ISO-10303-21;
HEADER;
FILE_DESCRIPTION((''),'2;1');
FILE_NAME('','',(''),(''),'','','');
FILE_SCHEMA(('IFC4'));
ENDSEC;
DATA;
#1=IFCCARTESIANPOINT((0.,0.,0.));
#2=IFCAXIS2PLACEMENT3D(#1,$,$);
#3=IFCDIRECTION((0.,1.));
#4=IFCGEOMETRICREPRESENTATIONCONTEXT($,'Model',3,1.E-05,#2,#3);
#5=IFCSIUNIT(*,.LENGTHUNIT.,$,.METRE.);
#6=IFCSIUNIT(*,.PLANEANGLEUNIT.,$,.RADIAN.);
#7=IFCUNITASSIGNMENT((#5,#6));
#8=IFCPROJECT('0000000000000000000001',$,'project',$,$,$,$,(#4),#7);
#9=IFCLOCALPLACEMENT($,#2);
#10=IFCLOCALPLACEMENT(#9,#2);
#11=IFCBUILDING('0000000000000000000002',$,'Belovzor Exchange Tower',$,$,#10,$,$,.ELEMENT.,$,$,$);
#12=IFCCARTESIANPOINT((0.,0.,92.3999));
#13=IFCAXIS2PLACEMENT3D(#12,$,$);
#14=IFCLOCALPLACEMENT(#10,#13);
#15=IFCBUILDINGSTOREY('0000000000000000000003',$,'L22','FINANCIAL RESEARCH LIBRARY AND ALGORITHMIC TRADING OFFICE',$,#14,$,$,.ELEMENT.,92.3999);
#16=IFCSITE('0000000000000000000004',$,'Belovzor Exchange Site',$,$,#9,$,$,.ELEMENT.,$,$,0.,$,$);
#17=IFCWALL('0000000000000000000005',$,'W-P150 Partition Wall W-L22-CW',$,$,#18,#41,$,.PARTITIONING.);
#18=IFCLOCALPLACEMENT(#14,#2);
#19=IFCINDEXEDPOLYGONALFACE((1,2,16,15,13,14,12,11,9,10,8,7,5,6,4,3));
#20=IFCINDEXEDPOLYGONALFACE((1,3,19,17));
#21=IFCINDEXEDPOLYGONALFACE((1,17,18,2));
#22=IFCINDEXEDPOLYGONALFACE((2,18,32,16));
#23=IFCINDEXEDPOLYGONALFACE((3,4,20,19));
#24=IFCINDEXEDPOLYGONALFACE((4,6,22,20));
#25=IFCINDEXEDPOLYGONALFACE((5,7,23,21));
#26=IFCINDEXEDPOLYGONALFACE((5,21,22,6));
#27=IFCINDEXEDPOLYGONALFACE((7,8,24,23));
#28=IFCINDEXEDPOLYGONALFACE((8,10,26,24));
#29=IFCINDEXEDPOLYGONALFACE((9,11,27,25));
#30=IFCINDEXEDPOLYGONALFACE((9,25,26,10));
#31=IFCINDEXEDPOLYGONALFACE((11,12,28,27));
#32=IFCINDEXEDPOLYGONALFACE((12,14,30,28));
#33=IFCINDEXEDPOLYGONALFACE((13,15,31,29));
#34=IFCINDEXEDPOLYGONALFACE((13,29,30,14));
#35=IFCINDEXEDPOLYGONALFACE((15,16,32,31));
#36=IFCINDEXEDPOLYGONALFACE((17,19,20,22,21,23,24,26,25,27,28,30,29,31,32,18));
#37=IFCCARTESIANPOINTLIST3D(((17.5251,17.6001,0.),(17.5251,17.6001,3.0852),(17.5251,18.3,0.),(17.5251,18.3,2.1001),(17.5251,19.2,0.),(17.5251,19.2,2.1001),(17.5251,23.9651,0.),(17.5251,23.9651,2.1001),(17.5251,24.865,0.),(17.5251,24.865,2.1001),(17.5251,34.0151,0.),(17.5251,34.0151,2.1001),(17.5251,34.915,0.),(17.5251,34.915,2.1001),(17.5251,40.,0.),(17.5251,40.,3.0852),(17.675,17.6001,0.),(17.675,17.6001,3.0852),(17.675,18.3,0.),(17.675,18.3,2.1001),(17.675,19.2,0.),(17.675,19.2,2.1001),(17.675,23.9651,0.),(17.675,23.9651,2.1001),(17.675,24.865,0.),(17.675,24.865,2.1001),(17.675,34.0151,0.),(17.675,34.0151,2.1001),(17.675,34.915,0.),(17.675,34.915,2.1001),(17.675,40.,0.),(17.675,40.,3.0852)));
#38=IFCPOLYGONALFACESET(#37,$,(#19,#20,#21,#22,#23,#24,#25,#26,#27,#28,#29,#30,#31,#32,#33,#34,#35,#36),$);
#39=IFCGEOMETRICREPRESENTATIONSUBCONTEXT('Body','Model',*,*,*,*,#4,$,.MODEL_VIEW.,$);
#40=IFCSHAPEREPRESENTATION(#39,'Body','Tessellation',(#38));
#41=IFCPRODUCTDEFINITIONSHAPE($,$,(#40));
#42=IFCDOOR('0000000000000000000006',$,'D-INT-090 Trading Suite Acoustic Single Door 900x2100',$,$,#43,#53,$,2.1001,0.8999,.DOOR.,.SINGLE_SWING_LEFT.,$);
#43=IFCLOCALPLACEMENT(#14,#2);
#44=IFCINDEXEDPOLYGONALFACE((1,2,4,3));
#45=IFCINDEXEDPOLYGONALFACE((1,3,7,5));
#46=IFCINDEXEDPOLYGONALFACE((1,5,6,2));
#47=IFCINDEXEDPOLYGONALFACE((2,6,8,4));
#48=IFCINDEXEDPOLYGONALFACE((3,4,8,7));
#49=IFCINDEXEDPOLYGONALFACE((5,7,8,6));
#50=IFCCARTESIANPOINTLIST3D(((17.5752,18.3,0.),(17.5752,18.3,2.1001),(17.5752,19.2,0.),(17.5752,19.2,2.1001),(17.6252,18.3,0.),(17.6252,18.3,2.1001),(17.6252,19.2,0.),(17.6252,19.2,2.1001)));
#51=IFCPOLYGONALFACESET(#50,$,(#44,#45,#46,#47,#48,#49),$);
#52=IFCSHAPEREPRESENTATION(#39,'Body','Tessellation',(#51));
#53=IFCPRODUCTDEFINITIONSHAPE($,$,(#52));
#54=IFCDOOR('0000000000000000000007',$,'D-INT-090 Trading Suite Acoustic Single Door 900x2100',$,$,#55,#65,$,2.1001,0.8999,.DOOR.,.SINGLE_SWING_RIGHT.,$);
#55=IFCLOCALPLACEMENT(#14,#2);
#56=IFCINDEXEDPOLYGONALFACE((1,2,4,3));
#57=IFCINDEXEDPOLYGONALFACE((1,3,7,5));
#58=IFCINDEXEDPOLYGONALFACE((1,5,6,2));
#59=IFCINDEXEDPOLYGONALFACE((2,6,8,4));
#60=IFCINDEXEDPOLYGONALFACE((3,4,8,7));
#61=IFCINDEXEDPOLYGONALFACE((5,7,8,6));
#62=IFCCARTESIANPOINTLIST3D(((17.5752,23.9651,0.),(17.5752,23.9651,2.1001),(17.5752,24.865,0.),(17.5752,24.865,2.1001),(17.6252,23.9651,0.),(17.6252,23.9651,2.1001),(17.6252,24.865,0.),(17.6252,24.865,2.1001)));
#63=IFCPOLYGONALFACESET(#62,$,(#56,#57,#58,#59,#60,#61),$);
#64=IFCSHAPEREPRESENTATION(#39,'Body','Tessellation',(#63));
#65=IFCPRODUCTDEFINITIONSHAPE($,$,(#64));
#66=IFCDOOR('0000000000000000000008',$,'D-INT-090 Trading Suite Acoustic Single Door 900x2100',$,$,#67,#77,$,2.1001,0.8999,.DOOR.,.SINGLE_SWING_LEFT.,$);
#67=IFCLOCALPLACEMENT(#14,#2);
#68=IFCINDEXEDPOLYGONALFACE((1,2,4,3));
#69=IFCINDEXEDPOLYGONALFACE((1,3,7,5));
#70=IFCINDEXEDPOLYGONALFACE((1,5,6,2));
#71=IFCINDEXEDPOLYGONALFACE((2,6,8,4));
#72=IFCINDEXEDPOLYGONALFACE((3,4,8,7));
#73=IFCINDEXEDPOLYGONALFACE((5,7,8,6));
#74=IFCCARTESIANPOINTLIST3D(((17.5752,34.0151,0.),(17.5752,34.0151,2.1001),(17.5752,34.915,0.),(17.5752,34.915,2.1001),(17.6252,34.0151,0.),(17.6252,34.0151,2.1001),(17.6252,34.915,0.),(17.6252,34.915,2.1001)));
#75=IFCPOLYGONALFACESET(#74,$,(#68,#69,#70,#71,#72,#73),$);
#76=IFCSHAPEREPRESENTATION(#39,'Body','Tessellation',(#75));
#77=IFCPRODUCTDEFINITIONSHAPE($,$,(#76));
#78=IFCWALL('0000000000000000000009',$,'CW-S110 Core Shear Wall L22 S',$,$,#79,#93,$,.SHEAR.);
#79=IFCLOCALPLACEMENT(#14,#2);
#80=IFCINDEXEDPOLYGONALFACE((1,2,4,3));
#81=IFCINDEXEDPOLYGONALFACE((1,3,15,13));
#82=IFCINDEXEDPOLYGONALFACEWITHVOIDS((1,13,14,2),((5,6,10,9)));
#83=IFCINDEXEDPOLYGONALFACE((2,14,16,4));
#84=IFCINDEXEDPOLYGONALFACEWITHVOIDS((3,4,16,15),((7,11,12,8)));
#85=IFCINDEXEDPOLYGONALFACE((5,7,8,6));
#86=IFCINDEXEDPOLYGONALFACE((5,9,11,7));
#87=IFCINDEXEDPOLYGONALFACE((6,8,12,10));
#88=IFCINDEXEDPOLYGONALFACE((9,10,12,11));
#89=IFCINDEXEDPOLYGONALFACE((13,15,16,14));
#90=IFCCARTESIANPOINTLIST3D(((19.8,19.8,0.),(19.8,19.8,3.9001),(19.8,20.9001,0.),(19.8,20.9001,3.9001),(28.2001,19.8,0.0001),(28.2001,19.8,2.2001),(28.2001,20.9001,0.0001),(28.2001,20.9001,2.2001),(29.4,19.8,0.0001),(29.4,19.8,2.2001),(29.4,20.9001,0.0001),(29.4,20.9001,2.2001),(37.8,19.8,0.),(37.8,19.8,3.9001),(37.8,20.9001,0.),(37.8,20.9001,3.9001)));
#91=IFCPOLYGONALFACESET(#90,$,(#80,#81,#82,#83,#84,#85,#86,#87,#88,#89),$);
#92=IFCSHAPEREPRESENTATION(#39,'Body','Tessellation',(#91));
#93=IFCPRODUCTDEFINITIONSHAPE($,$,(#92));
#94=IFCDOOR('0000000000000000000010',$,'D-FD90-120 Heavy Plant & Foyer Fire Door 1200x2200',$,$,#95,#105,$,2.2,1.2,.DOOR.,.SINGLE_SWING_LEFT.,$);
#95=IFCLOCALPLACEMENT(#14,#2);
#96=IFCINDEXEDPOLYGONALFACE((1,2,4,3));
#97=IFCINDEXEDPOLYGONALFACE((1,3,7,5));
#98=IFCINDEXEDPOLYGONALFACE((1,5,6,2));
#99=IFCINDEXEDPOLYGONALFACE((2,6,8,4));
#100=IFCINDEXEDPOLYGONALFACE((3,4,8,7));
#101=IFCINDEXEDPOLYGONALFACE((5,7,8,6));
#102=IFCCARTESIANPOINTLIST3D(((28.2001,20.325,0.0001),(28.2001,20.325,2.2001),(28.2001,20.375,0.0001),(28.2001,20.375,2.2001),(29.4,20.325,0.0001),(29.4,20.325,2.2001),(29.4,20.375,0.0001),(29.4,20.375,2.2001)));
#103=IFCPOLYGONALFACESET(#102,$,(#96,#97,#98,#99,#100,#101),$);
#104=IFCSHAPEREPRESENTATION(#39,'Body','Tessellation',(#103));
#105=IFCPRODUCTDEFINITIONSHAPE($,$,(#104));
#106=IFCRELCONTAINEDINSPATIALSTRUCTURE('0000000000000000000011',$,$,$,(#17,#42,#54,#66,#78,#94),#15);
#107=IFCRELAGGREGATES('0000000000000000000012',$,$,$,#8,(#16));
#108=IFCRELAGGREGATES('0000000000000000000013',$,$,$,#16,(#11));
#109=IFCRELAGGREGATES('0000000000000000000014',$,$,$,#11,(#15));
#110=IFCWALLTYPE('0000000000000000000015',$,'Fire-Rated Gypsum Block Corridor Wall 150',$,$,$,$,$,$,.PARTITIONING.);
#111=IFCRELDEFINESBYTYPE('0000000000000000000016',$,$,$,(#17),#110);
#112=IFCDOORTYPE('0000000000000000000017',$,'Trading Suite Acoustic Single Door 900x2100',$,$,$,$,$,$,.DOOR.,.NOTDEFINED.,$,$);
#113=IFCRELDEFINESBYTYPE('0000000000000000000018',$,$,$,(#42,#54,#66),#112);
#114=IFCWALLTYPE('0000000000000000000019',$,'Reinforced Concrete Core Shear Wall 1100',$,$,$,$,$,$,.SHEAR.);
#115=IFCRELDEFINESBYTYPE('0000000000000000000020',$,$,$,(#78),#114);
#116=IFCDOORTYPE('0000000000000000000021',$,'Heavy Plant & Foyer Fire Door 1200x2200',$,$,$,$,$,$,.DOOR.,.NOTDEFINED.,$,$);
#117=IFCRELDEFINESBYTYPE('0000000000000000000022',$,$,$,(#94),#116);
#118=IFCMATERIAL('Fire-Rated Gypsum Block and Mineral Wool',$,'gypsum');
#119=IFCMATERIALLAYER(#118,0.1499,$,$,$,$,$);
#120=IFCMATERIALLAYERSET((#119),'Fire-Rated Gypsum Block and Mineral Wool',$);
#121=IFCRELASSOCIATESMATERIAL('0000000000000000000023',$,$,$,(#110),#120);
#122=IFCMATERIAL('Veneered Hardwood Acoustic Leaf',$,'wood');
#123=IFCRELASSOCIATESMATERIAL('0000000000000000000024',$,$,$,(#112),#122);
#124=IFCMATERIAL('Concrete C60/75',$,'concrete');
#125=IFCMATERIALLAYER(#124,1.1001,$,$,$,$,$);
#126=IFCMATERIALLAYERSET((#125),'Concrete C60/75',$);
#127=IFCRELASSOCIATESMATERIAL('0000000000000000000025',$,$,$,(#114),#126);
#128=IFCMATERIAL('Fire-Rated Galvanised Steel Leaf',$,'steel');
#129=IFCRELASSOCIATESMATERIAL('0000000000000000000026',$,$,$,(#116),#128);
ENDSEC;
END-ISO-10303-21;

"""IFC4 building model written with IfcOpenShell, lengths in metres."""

from ifc_helpers import new_model, si_unit, direction, frame, frame_2d, origin, place, context, subcontext, project, spatial, rectangle, extrude, material, layer, layer_set, type_object, element, fill, save


model = new_model("IFC4")

# Units and contexts
model_context = context("Model", 3, precision=1e-05, world=origin(), true_north=direction((0.0, 1.0)))
body_context = subcontext(model_context, "Body", "Model", "MODEL_VIEW")
ifc_project = project(units=[si_unit("LENGTHUNIT", "METRE"), si_unit("PLANEANGLEUNIT", "RADIAN")], contexts=[model_context])

# Site, building, storey
site_placement = place(None, origin())
site = spatial("IfcSite", under=ifc_project, at=site_placement, Name="Belovzor Exchange Site", CompositionType="ELEMENT", RefElevation=0.0)
building_placement = place(site_placement, origin())
building = spatial("IfcBuilding", under=site, at=building_placement, Name="Belovzor Exchange Tower", CompositionType="ELEMENT")
storey_placement = place(building_placement, frame((0.0, 0.0, 92.3999)))
storey = spatial("IfcBuildingStorey", under=building, at=storey_placement, Name="L22", Description="FINANCIAL RESEARCH LIBRARY AND ALGORITHMIC TRADING OFFICE", CompositionType="ELEMENT", Elevation=92.3999)

# Wall, openings, doors
ifc_material_1 = material(Name="Fire-Rated Gypsum Block and Mineral Wool", Category="gypsum")
ifc_layer_1 = layer(ifc_material_1, 0.1499)
ifc_layer_set_1 = layer_set([ifc_layer_1], Name="Fire-Rated Gypsum Block and Mineral Wool")
wall_type_1 = type_object("IfcWallType", Name="Fire-Rated Gypsum Block Corridor Wall 150", PredefinedType="PARTITIONING", material=ifc_layer_set_1)
ifc_material_2 = material(Name="Veneered Hardwood Acoustic Leaf", Category="wood")
door_type_1 = type_object("IfcDoorType", Name="Trading Suite Acoustic Single Door 900x2100", OperationType="NOTDEFINED", PredefinedType="DOOR", material=ifc_material_2)
wall_1_placement = place(storey_placement, frame((17.6001, 17.6001, 0.0), z_axis=(0.0, 0.0, 1.0), x_axis=(0.0, 1.0, 0.0)))
wall_1 = element("IfcWall", 1, at=wall_1_placement, inside=storey, type_object=wall_type_1, Name="W-P150 Partition Wall W-L22-CW", PredefinedType="PARTITIONING", context=body_context, shape_type="SweptSolid", body=[
    extrude(rectangle(XDim=22.3999, YDim=0.1499, at=frame_2d((11.2, 0.0))), origin(), (0.0, 0.0, 1.0), 3.0852),
])
opening_1_placement = place(wall_1_placement, frame((0.7, 0.0, 0.0)))
opening_1 = element("IfcOpeningElement", 2, at=opening_1_placement, cuts=wall_1, PredefinedType="OPENING", context=body_context, shape_type="SweptSolid", body=[
    extrude(rectangle(XDim=0.8999, YDim=2.1001, at=frame_2d((0.45, 1.05))), frame((0.0, 0.085, 0.0), z_axis=(0.0, -1.0, 0.0), x_axis=(1.0, 0.0, 0.0)), (0.0, 0.0, 1.0), 0.1699),
])
opening_2_placement = place(wall_1_placement, frame((6.365, 0.0, 0.0)))
opening_2 = element("IfcOpeningElement", 3, at=opening_2_placement, cuts=wall_1, PredefinedType="OPENING", context=body_context, shape_type="SweptSolid", body=[
    extrude(rectangle(XDim=0.8999, YDim=2.1001, at=frame_2d((0.45, 1.05))), frame((0.0, 0.085, 0.0), z_axis=(0.0, -1.0, 0.0), x_axis=(1.0, 0.0, 0.0)), (0.0, 0.0, 1.0), 0.1699),
])
opening_3_placement = place(wall_1_placement, frame((16.415, 0.0, 0.0)))
opening_3 = element("IfcOpeningElement", 4, at=opening_3_placement, cuts=wall_1, PredefinedType="OPENING", context=body_context, shape_type="SweptSolid", body=[
    extrude(rectangle(XDim=0.8999, YDim=2.1001, at=frame_2d((0.45, 1.05))), frame((0.0, 0.085, 0.0), z_axis=(0.0, -1.0, 0.0), x_axis=(1.0, 0.0, 0.0)), (0.0, 0.0, 1.0), 0.1699),
])
door_1_placement = place(opening_1_placement, origin())
door_1 = element("IfcDoor", 5, at=door_1_placement, inside=storey, type_object=door_type_1, Name="D-INT-090 Trading Suite Acoustic Single Door 900x2100", OperationType="SINGLE_SWING_LEFT", OverallHeight=2.1001, OverallWidth=0.8999, PredefinedType="DOOR", context=body_context, shape_type="SweptSolid", body=[
    extrude(rectangle(XDim=0.8999, YDim=2.1001, at=frame_2d((0.45, 1.05))), frame((0.0, 0.0249, 0.0), z_axis=(0.0, -1.0, 0.0), x_axis=(1.0, 0.0, 0.0)), (0.0, 0.0, 1.0), 0.05),
])
fill(opening_1, door_1)
door_2_placement = place(opening_2_placement, origin())
door_2 = element("IfcDoor", 6, at=door_2_placement, inside=storey, type_object=door_type_1, Name="D-INT-090 Trading Suite Acoustic Single Door 900x2100", OperationType="SINGLE_SWING_RIGHT", OverallHeight=2.1001, OverallWidth=0.8999, PredefinedType="DOOR", context=body_context, shape_type="SweptSolid", body=[
    extrude(rectangle(XDim=0.8999, YDim=2.1001, at=frame_2d((0.45, 1.05))), frame((0.0, 0.0249, 0.0), z_axis=(0.0, -1.0, 0.0), x_axis=(1.0, 0.0, 0.0)), (0.0, 0.0, 1.0), 0.05),
])
fill(opening_2, door_2)
door_3_placement = place(opening_3_placement, origin())
door_3 = element("IfcDoor", 7, at=door_3_placement, inside=storey, type_object=door_type_1, Name="D-INT-090 Trading Suite Acoustic Single Door 900x2100", OperationType="SINGLE_SWING_LEFT", OverallHeight=2.1001, OverallWidth=0.8999, PredefinedType="DOOR", context=body_context, shape_type="SweptSolid", body=[
    extrude(rectangle(XDim=0.8999, YDim=2.1001, at=frame_2d((0.45, 1.05))), frame((0.0, 0.0249, 0.0), z_axis=(0.0, -1.0, 0.0), x_axis=(1.0, 0.0, 0.0)), (0.0, 0.0, 1.0), 0.05),
])
fill(opening_3, door_3)

# Wall, opening, door
ifc_material_3 = material(Name="Concrete C60/75", Category="concrete")
ifc_layer_2 = layer(ifc_material_3, 1.1001)
ifc_layer_set_2 = layer_set([ifc_layer_2], Name="Concrete C60/75")
wall_type_2 = type_object("IfcWallType", Name="Reinforced Concrete Core Shear Wall 1100", PredefinedType="SHEAR", material=ifc_layer_set_2)
wall_2_placement = place(storey_placement, frame((19.8, 20.3501, 0.0), z_axis=(0.0, 0.0, 1.0), x_axis=(1.0, 0.0, 0.0)))
wall_2 = element("IfcWall", 8, at=wall_2_placement, inside=storey, type_object=wall_type_2, Name="CW-S110 Core Shear Wall L22 S", PredefinedType="SHEAR", context=body_context, shape_type="SweptSolid", body=[
    extrude(rectangle(XDim=18.0, YDim=1.1001, at=frame_2d((9.0, 0.0))), origin(), (0.0, 0.0, 1.0), 3.9001),
])
opening_4_placement = place(wall_2_placement, frame((8.3999, 0.0, 0.0)))
opening_4 = element("IfcOpeningElement", 9, at=opening_4_placement, cuts=wall_2, PredefinedType="OPENING", context=body_context, shape_type="SweptSolid", body=[
    extrude(rectangle(XDim=1.2, YDim=2.2, at=frame_2d((0.6001, 1.1001))), frame((0.0, 0.5601, 0.0), z_axis=(0.0, -1.0, 0.0), x_axis=(1.0, 0.0, 0.0)), (0.0, 0.0, 1.0), 1.1201),
])
ifc_material_4 = material(Name="Fire-Rated Galvanised Steel Leaf", Category="steel")
door_type_2 = type_object("IfcDoorType", Name="Heavy Plant & Foyer Fire Door 1200x2200", OperationType="NOTDEFINED", PredefinedType="DOOR", material=ifc_material_4)
door_4_placement = place(opening_4_placement, origin())
door_4 = element("IfcDoor", 10, at=door_4_placement, inside=storey, type_object=door_type_2, Name="D-FD90-120 Heavy Plant & Foyer Fire Door 1200x2200", OperationType="SINGLE_SWING_LEFT", OverallHeight=2.2, OverallWidth=1.2, PredefinedType="DOOR", context=body_context, shape_type="SweptSolid", body=[
    extrude(rectangle(XDim=1.2, YDim=2.2, at=frame_2d((0.6001, 1.1001))), frame((0.0, 0.0249, 0.0), z_axis=(0.0, -1.0, 0.0), x_axis=(1.0, 0.0, 0.0)), (0.0, 0.0, 1.0), 0.05),
])
fill(opening_4, door_4)

save(model, "model.ifc")
